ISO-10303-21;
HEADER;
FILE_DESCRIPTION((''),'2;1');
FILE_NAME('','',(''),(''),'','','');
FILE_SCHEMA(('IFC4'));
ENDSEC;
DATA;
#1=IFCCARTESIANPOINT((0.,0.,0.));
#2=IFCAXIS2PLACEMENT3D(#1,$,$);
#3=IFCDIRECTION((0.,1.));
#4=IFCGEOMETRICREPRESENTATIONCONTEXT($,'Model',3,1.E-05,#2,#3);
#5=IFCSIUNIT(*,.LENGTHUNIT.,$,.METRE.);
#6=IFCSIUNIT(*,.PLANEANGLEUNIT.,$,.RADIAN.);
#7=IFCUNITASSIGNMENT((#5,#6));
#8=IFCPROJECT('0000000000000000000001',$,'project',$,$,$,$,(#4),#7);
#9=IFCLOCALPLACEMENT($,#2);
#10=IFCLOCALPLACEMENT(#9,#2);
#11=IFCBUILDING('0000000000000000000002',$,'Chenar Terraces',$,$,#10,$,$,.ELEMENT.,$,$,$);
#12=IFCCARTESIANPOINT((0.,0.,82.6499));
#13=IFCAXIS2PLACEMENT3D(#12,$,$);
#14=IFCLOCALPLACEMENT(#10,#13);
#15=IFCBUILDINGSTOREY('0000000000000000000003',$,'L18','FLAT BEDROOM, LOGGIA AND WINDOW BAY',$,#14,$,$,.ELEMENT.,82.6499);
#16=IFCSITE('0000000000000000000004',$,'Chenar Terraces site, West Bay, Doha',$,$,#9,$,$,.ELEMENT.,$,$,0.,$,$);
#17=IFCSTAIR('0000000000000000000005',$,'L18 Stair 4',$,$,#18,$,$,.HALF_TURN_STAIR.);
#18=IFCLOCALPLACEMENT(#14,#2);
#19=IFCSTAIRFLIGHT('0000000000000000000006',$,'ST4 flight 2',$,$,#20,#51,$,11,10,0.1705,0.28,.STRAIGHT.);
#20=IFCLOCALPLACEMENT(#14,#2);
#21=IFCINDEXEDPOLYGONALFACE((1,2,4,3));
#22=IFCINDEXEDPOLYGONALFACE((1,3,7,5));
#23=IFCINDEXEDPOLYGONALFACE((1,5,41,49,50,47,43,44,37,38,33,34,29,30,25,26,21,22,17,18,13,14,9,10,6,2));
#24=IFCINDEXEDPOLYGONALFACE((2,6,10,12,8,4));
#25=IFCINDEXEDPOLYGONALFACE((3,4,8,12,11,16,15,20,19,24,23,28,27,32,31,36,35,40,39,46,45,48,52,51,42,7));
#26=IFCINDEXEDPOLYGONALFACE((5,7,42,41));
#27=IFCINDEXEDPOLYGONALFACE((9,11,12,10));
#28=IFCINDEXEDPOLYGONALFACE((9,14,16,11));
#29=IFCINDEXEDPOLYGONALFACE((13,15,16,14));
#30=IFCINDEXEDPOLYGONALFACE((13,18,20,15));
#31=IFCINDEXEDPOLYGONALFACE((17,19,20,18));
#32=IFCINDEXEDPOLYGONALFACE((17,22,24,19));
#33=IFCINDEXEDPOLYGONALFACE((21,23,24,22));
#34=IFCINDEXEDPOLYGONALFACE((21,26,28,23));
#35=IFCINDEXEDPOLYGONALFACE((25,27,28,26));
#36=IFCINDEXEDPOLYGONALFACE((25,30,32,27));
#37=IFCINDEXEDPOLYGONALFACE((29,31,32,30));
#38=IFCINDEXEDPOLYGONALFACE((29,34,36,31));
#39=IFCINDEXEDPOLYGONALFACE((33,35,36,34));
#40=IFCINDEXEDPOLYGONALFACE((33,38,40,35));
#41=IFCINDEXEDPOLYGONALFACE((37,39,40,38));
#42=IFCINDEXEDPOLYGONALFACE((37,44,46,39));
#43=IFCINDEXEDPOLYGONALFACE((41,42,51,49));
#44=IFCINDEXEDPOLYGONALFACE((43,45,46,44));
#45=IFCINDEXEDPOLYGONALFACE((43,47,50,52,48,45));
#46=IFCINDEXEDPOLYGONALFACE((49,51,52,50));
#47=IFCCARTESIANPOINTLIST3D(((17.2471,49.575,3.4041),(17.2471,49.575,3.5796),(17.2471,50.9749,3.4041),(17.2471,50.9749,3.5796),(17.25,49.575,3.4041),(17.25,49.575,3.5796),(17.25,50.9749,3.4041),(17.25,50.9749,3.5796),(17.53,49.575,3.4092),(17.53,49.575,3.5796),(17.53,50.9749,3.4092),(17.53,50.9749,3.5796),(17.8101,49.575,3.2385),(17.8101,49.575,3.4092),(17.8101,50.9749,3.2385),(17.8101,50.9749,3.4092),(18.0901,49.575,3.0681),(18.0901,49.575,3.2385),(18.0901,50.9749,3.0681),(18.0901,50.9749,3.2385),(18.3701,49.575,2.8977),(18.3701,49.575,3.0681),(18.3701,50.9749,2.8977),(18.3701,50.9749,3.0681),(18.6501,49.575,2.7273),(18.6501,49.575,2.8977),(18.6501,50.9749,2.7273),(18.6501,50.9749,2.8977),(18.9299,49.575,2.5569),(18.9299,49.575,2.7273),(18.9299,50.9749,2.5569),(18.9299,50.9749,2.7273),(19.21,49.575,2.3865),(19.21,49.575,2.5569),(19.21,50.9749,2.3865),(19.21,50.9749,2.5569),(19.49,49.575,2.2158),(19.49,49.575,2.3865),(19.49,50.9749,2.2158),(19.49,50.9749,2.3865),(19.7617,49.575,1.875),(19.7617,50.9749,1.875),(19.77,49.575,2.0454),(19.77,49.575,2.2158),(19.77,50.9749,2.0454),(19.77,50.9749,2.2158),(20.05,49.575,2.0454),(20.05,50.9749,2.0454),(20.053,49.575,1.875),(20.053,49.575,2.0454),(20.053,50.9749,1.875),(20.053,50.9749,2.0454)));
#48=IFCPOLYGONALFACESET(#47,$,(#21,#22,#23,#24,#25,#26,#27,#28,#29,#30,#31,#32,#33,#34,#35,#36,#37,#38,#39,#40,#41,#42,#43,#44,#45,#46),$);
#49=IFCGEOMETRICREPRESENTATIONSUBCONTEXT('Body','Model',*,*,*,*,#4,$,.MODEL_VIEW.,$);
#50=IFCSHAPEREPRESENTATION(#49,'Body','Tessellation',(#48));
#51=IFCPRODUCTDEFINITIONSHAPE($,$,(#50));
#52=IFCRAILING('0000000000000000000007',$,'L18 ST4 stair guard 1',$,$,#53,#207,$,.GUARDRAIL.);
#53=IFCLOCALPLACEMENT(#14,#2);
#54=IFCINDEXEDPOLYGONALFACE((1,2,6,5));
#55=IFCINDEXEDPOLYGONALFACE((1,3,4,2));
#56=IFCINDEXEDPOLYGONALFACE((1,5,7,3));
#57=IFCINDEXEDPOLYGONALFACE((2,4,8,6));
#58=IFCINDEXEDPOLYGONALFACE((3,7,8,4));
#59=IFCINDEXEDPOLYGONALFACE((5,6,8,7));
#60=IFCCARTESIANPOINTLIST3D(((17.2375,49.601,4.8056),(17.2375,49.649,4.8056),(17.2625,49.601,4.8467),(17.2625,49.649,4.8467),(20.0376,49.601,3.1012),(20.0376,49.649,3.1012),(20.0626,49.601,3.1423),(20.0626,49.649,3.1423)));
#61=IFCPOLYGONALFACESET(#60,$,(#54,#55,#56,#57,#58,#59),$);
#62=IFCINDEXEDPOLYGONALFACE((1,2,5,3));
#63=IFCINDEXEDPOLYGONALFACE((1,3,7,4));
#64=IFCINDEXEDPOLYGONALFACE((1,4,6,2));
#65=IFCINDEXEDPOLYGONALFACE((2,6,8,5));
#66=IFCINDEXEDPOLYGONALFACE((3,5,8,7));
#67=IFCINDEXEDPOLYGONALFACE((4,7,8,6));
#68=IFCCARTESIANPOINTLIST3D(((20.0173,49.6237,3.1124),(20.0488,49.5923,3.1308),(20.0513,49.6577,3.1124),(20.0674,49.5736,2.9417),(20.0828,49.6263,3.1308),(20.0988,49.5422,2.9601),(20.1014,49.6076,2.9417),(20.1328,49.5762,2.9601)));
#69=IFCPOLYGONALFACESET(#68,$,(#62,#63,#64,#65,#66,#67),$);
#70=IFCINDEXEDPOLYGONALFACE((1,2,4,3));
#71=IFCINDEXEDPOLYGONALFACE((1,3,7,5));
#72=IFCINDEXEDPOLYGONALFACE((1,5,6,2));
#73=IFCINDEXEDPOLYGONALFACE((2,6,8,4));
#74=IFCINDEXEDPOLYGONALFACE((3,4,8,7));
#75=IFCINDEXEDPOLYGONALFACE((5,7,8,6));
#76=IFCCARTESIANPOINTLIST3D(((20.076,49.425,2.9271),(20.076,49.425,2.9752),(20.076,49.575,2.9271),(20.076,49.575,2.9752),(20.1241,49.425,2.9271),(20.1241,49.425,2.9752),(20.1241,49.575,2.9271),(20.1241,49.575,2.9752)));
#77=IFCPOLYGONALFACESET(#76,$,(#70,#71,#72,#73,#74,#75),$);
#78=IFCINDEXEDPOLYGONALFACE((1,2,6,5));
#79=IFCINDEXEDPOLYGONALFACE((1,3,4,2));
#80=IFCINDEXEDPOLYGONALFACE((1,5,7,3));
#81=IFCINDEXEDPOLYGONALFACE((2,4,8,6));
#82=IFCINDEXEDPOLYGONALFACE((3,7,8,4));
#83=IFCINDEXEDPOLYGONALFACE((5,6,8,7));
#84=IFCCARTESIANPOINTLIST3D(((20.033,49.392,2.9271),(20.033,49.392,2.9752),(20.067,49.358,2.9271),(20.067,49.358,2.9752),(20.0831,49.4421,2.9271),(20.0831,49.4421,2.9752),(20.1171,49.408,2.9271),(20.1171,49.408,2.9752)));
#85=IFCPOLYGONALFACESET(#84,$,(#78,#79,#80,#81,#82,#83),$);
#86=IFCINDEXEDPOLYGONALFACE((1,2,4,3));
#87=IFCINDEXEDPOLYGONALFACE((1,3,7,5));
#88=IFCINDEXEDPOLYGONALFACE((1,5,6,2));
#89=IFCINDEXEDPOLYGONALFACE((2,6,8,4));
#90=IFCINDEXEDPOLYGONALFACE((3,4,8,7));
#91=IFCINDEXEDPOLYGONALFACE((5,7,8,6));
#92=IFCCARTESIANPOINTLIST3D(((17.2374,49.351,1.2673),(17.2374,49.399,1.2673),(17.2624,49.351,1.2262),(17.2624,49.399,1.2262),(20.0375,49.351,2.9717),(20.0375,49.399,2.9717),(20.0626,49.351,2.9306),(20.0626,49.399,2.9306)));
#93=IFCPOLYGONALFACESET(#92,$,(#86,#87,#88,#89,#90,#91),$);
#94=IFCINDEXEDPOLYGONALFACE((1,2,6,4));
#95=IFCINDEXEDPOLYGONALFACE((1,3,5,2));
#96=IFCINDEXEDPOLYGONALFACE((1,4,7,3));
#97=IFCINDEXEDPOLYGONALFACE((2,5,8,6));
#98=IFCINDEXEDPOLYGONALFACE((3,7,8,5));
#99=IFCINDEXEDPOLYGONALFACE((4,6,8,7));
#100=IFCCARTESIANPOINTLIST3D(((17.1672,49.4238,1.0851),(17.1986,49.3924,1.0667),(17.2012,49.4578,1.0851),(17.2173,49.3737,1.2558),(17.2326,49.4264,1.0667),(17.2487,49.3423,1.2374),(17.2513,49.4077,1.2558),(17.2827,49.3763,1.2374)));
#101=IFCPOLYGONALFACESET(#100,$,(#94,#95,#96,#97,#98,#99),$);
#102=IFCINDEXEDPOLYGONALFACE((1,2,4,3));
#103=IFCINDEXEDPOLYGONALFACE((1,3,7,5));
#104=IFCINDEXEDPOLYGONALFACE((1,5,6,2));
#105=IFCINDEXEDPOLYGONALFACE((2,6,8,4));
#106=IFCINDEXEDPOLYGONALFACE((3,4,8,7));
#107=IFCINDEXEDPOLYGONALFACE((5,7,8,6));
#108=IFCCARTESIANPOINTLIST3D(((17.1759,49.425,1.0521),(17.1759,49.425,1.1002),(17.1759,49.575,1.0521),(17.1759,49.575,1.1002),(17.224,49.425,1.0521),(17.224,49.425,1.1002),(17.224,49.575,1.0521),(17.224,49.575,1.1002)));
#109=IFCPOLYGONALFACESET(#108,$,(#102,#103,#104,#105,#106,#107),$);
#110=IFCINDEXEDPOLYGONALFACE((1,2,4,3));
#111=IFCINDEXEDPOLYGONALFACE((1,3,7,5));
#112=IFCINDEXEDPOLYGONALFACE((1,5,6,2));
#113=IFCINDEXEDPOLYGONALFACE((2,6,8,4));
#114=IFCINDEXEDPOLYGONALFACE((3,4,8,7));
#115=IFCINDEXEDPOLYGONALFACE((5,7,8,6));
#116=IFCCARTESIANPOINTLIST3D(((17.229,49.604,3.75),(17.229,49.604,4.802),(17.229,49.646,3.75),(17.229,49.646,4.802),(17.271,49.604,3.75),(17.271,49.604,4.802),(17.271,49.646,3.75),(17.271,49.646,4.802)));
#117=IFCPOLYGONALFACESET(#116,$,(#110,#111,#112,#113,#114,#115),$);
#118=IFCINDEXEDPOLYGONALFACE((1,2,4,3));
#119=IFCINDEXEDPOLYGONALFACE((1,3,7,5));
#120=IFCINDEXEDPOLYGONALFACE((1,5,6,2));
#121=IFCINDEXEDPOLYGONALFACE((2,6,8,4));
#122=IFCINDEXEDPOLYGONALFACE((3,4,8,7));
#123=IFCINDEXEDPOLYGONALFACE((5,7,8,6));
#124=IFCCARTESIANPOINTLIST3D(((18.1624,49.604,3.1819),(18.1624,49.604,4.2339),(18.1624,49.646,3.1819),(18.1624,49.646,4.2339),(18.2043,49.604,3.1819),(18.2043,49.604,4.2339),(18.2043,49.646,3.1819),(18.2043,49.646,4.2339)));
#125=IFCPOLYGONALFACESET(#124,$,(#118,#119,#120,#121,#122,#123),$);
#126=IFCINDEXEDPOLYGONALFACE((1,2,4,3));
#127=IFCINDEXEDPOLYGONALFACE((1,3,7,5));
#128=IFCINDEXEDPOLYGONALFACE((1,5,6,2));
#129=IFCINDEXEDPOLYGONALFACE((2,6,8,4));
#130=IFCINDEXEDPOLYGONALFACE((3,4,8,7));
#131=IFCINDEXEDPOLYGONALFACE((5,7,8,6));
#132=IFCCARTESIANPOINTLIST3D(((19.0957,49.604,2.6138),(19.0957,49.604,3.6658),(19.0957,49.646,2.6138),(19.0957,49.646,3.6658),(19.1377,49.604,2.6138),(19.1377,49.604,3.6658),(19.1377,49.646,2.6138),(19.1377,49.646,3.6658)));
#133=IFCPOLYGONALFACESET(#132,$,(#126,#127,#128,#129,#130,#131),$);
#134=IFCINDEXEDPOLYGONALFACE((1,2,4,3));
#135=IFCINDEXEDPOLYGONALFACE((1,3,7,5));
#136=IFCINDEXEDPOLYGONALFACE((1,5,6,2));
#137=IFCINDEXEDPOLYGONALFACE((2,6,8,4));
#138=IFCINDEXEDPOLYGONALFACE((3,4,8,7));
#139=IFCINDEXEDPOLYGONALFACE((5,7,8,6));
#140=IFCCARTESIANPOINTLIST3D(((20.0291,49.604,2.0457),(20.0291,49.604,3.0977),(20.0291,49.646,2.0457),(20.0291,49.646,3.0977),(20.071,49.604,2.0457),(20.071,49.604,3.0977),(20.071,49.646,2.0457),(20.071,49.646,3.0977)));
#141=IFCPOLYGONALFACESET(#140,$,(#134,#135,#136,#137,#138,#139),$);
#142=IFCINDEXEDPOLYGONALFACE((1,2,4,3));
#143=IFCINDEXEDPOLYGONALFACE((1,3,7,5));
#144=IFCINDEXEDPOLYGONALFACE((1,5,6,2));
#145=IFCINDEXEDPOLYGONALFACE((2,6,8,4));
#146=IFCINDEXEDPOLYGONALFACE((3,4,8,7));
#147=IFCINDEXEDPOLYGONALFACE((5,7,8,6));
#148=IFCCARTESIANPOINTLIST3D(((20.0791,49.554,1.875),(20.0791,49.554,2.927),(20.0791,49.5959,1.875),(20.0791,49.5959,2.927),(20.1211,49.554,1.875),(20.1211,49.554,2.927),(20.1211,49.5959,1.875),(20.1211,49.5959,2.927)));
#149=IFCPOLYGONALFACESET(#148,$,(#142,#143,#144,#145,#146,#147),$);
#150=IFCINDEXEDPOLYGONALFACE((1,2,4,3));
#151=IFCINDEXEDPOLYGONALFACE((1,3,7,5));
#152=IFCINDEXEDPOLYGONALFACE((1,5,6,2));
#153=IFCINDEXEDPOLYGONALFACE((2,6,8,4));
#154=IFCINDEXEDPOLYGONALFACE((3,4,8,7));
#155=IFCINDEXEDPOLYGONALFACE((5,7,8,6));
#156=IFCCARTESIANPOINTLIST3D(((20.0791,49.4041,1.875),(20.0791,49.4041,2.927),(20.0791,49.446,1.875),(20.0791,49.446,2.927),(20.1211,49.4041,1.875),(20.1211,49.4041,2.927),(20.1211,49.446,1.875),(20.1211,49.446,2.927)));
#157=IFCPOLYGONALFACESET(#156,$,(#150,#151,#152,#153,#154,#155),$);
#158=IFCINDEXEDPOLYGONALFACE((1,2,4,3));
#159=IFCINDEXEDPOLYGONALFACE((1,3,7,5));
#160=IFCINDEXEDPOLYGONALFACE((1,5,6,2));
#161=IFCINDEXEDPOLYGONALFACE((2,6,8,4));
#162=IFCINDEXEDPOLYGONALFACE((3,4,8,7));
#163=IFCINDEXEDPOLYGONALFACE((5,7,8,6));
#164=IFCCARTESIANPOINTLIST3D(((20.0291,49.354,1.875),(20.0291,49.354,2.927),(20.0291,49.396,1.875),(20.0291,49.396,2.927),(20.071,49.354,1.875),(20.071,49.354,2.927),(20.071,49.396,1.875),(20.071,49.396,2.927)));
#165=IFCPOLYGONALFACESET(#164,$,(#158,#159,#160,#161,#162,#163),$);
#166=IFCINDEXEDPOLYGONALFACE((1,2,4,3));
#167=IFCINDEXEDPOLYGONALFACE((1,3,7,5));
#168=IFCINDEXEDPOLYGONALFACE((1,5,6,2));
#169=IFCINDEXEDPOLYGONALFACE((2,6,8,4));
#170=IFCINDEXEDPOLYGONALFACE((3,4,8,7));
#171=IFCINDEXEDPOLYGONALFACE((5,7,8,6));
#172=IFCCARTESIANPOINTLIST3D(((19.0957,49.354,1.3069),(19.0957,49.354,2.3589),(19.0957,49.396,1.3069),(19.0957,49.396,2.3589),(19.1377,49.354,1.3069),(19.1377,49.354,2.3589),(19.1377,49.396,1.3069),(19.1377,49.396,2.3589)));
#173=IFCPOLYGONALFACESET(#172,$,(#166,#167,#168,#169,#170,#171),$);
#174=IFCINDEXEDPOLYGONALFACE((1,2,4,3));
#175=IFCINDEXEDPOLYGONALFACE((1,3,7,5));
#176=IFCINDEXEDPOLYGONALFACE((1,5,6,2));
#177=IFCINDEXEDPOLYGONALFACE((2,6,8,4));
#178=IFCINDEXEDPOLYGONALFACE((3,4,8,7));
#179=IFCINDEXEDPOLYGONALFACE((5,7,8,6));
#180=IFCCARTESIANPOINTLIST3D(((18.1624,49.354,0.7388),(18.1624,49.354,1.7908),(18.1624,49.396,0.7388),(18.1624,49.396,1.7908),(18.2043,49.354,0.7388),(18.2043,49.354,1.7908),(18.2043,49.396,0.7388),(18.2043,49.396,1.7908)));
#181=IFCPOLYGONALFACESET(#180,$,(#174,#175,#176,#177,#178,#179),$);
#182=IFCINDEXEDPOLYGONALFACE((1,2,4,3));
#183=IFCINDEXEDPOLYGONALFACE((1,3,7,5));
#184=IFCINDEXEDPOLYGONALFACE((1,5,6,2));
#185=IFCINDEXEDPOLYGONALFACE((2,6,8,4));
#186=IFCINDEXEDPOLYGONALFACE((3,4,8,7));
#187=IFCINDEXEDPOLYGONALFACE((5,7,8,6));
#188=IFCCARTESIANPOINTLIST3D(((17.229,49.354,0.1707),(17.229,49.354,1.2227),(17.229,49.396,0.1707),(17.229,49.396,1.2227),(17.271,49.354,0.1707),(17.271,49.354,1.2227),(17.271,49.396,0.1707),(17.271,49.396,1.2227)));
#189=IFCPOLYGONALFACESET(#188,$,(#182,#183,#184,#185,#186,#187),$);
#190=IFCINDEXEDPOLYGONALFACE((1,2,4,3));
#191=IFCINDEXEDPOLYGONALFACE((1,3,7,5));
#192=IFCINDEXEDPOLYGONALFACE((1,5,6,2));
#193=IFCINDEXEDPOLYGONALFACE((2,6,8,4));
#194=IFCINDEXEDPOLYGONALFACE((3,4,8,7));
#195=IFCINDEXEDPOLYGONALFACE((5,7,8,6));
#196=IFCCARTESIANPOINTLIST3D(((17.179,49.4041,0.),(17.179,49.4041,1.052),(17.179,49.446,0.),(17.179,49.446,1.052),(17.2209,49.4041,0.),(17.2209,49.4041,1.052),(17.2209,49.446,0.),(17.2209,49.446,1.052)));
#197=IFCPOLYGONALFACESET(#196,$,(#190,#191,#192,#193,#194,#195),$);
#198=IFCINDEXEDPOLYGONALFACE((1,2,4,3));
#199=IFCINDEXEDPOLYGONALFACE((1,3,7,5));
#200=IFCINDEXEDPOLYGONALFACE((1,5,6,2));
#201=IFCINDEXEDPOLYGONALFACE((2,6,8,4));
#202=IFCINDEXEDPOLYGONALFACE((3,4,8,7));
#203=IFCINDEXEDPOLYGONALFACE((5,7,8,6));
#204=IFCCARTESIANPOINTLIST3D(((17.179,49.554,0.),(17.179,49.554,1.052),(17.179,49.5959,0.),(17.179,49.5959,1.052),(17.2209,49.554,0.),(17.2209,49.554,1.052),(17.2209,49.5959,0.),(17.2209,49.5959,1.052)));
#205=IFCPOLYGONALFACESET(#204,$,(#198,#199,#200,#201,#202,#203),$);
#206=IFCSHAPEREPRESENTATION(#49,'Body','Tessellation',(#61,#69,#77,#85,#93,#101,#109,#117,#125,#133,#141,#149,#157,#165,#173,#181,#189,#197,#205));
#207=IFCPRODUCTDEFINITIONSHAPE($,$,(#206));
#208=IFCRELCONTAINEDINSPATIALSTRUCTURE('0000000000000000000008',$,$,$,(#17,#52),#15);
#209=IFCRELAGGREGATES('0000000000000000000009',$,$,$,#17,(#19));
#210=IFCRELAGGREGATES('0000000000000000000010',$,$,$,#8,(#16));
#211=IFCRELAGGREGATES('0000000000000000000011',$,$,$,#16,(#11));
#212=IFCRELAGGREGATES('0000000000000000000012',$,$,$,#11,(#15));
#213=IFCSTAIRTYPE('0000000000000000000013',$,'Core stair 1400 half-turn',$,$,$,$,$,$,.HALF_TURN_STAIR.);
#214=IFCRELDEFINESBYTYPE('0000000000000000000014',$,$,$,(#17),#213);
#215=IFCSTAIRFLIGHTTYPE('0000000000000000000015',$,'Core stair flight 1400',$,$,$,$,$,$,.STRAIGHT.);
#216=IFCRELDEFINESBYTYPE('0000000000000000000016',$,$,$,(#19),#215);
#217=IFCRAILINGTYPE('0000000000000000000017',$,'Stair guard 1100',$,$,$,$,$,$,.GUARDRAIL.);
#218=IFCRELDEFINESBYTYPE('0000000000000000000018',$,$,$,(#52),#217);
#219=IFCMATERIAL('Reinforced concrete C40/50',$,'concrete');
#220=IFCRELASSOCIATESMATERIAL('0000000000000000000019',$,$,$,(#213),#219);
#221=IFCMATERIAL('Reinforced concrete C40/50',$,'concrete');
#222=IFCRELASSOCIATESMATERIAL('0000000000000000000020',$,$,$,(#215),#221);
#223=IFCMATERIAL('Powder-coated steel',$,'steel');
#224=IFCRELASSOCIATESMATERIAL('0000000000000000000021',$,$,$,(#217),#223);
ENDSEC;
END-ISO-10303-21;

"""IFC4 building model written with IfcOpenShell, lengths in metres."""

from ifc_helpers import new_model, si_unit, direction, frame, origin, origin_2d, place, context, subcontext, project, spatial, polyline, rectangle, outline, extrude, material, type_object, element, aggregate, save


model = new_model("IFC4")

# Units and contexts
model_context = context("Model", 3, precision=1e-05, world=origin(), true_north=direction((0.0, 1.0)))
body_context = subcontext(model_context, "Body", "Model", "MODEL_VIEW")
ifc_project = project(units=[si_unit("LENGTHUNIT", "METRE"), si_unit("PLANEANGLEUNIT", "RADIAN")], contexts=[model_context])

# Site, building, storey
site_placement = place(None, origin())
site = spatial("IfcSite", under=ifc_project, at=site_placement, Name="Chenar Terraces site, West Bay, Doha", CompositionType="ELEMENT", RefElevation=0.0)
building_placement = place(site_placement, origin())
building = spatial("IfcBuilding", under=site, at=building_placement, Name="Chenar Terraces", CompositionType="ELEMENT")
storey_placement = place(building_placement, frame((0.0, 0.0, 82.6499)))
storey = spatial("IfcBuildingStorey", under=building, at=storey_placement, Name="L18", Description="FLAT BEDROOM, LOGGIA AND WINDOW BAY", CompositionType="ELEMENT", Elevation=82.6499)

# Stair, stair flight
ifc_material_1 = material(Name="Reinforced concrete C40/50", Category="concrete")
stair_type = type_object("IfcStairType", Name="Core stair 1400 half-turn", PredefinedType="HALF_TURN_STAIR", material=ifc_material_1)
stair_placement = place(storey_placement, origin())
stair = element("IfcStair", 1, at=stair_placement, inside=storey, type_object=stair_type, Name="L18 Stair 4", PredefinedType="HALF_TURN_STAIR")
ifc_material_2 = material(Name="Reinforced concrete C40/50", Category="concrete")
stair_flight_type = type_object("IfcStairFlightType", Name="Core stair flight 1400", PredefinedType="STRAIGHT", material=ifc_material_2)
stair_flight_1_placement = place(storey_placement, frame((20.05, 50.2749, 1.875), z_axis=(0.0, 0.0, 1.0), x_axis=(-1.0, 0.0, 0.0)))
stair_flight_1 = element("IfcStairFlight", 2, at=stair_flight_1_placement, type_object=stair_flight_type, Name="ST4 flight 2", NumberOfRisers=11, NumberOfTreads=10, PredefinedType="STRAIGHT", RiserHeight=0.1705, TreadLength=0.28, context=body_context, shape_type="SweptSolid", body=[
    extrude(outline(polyline([(-0.0029, 0.0), (-0.0029, 0.1704), (0.0, 0.1704), (0.28, 0.1704), (0.28, 0.3408), (0.5601, 0.3408), (0.5601, 0.5115), (0.8401, 0.5115), (0.8401, 0.6819), (1.1201, 0.6819), (1.1201, 0.8523), (1.3999, 0.8523), (1.3999, 1.0227), (1.6799, 1.0227), (1.6799, 1.1931), (1.96, 1.1931), (1.96, 1.3635), (2.24, 1.3635), (2.24, 1.5342), (2.52, 1.5342), (2.52, 1.7046), (2.8, 1.7046), (2.803, 1.7046), (2.803, 1.5291), (2.8, 1.5291), (0.2883, 0.0), (-0.0029, 0.0)])), frame((0.0, 0.7, 0.0), z_axis=(0.0, -1.0, 0.0), x_axis=(1.0, 0.0, 0.0)), (0.0, 0.0, 1.0), 1.3999),
])
aggregate(stair, [stair_flight_1])

# Railing
ifc_material_3 = material(Name="Powder-coated steel", Category="steel")
railing_type_1 = type_object("IfcRailingType", Name="Stair guard 1100", PredefinedType="GUARDRAIL", material=ifc_material_3)
railing_1_placement = place(storey_placement, frame((17.25, 49.625, 3.75)))
element("IfcRailing", 3, at=railing_1_placement, inside=storey, type_object=railing_type_1, Name="L18 ST4 stair guard 1", PredefinedType="GUARDRAIL", context=body_context, shape_type="SweptSolid", body=[
    extrude(rectangle(XDim=0.0481, YDim=0.0481, at=origin_2d()), frame((0.0, 0.0, 1.0762), z_axis=(0.854203, 0.0, -0.51994), x_axis=(0.0, 1.0, 0.0)), (0.0, 0.0, 1.0), 3.2781),
    extrude(rectangle(XDim=0.0481, YDim=0.0481, at=origin_2d()), frame((2.8, 0.0, -0.6284), z_axis=(0.2709, -0.2709, -0.923703), x_axis=(0.707107, 0.707107, 0.0)), (0.0, 0.0, 1.0), 0.1848),
    extrude(rectangle(XDim=0.0481, YDim=0.0481, at=origin_2d()), frame((2.8501, -0.05, -0.7988), z_axis=(0.0, -1.0, 0.0), x_axis=(1.0, 0.0, 0.0)), (0.0, 0.0, 1.0), 0.1499),
    extrude(rectangle(XDim=0.0481, YDim=0.0481, at=origin_2d()), frame((2.8501, -0.2, -0.7988), z_axis=(-0.707107, -0.707107, 0.0), x_axis=(0.707107, -0.707107, 0.0)), (0.0, 0.0, 1.0), 0.0708),
    extrude(rectangle(XDim=0.0481, YDim=0.0481, at=origin_2d()), frame((2.8, -0.25, -0.7988), z_axis=(-0.854203, 0.0, -0.51994), x_axis=(0.0, -1.0, 0.0)), (0.0, 0.0, 1.0), 3.2781),
    extrude(rectangle(XDim=0.0481, YDim=0.0481, at=origin_2d()), frame((0.0, -0.25, -2.5034), z_axis=(-0.2709, 0.2709, -0.923703), x_axis=(-0.707107, -0.707107, 0.0)), (0.0, 0.0, 1.0), 0.1848),
    extrude(rectangle(XDim=0.0481, YDim=0.0481, at=origin_2d()), frame((-0.05, -0.2, -2.6738), z_axis=(0.0, 1.0, 0.0), x_axis=(-1.0, 0.0, 0.0)), (0.0, 0.0, 1.0), 0.1499),
    extrude(rectangle(XDim=0.042, YDim=0.042, at=origin_2d()), origin(), (0.0, 0.0, 1.0), 1.052),
    extrude(rectangle(XDim=0.042, YDim=0.042, at=origin_2d()), frame((0.9333, 0.0, -0.5681)), (0.0, 0.0, 1.0), 1.052),
    extrude(rectangle(XDim=0.042, YDim=0.042, at=origin_2d()), frame((1.8667, 0.0, -1.1362)), (0.0, 0.0, 1.0), 1.052),
    extrude(rectangle(XDim=0.042, YDim=0.042, at=origin_2d()), frame((2.8, 0.0, -1.7043)), (0.0, 0.0, 1.0), 1.052),
    extrude(rectangle(XDim=0.042, YDim=0.042, at=origin_2d()), frame((2.8501, -0.05, -1.875)), (0.0, 0.0, 1.0), 1.052),
    extrude(rectangle(XDim=0.042, YDim=0.042, at=origin_2d()), frame((2.8501, -0.2, -1.875)), (0.0, 0.0, 1.0), 1.052),
    extrude(rectangle(XDim=0.042, YDim=0.042, at=origin_2d()), frame((2.8, -0.25, -1.875)), (0.0, 0.0, 1.0), 1.052),
    extrude(rectangle(XDim=0.042, YDim=0.042, at=origin_2d()), frame((1.8667, -0.25, -2.4431)), (0.0, 0.0, 1.0), 1.052),
    extrude(rectangle(XDim=0.042, YDim=0.042, at=origin_2d()), frame((0.9333, -0.25, -3.0112)), (0.0, 0.0, 1.0), 1.052),
    extrude(rectangle(XDim=0.042, YDim=0.042, at=origin_2d()), frame((0.0, -0.25, -3.5793)), (0.0, 0.0, 1.0), 1.052),
    extrude(rectangle(XDim=0.042, YDim=0.042, at=origin_2d()), frame((-0.05, -0.2, -3.75)), (0.0, 0.0, 1.0), 1.052),
    extrude(rectangle(XDim=0.042, YDim=0.042, at=origin_2d()), frame((-0.05, -0.05, -3.75)), (0.0, 0.0, 1.0), 1.052),
])

save(model, "model.ifc")
